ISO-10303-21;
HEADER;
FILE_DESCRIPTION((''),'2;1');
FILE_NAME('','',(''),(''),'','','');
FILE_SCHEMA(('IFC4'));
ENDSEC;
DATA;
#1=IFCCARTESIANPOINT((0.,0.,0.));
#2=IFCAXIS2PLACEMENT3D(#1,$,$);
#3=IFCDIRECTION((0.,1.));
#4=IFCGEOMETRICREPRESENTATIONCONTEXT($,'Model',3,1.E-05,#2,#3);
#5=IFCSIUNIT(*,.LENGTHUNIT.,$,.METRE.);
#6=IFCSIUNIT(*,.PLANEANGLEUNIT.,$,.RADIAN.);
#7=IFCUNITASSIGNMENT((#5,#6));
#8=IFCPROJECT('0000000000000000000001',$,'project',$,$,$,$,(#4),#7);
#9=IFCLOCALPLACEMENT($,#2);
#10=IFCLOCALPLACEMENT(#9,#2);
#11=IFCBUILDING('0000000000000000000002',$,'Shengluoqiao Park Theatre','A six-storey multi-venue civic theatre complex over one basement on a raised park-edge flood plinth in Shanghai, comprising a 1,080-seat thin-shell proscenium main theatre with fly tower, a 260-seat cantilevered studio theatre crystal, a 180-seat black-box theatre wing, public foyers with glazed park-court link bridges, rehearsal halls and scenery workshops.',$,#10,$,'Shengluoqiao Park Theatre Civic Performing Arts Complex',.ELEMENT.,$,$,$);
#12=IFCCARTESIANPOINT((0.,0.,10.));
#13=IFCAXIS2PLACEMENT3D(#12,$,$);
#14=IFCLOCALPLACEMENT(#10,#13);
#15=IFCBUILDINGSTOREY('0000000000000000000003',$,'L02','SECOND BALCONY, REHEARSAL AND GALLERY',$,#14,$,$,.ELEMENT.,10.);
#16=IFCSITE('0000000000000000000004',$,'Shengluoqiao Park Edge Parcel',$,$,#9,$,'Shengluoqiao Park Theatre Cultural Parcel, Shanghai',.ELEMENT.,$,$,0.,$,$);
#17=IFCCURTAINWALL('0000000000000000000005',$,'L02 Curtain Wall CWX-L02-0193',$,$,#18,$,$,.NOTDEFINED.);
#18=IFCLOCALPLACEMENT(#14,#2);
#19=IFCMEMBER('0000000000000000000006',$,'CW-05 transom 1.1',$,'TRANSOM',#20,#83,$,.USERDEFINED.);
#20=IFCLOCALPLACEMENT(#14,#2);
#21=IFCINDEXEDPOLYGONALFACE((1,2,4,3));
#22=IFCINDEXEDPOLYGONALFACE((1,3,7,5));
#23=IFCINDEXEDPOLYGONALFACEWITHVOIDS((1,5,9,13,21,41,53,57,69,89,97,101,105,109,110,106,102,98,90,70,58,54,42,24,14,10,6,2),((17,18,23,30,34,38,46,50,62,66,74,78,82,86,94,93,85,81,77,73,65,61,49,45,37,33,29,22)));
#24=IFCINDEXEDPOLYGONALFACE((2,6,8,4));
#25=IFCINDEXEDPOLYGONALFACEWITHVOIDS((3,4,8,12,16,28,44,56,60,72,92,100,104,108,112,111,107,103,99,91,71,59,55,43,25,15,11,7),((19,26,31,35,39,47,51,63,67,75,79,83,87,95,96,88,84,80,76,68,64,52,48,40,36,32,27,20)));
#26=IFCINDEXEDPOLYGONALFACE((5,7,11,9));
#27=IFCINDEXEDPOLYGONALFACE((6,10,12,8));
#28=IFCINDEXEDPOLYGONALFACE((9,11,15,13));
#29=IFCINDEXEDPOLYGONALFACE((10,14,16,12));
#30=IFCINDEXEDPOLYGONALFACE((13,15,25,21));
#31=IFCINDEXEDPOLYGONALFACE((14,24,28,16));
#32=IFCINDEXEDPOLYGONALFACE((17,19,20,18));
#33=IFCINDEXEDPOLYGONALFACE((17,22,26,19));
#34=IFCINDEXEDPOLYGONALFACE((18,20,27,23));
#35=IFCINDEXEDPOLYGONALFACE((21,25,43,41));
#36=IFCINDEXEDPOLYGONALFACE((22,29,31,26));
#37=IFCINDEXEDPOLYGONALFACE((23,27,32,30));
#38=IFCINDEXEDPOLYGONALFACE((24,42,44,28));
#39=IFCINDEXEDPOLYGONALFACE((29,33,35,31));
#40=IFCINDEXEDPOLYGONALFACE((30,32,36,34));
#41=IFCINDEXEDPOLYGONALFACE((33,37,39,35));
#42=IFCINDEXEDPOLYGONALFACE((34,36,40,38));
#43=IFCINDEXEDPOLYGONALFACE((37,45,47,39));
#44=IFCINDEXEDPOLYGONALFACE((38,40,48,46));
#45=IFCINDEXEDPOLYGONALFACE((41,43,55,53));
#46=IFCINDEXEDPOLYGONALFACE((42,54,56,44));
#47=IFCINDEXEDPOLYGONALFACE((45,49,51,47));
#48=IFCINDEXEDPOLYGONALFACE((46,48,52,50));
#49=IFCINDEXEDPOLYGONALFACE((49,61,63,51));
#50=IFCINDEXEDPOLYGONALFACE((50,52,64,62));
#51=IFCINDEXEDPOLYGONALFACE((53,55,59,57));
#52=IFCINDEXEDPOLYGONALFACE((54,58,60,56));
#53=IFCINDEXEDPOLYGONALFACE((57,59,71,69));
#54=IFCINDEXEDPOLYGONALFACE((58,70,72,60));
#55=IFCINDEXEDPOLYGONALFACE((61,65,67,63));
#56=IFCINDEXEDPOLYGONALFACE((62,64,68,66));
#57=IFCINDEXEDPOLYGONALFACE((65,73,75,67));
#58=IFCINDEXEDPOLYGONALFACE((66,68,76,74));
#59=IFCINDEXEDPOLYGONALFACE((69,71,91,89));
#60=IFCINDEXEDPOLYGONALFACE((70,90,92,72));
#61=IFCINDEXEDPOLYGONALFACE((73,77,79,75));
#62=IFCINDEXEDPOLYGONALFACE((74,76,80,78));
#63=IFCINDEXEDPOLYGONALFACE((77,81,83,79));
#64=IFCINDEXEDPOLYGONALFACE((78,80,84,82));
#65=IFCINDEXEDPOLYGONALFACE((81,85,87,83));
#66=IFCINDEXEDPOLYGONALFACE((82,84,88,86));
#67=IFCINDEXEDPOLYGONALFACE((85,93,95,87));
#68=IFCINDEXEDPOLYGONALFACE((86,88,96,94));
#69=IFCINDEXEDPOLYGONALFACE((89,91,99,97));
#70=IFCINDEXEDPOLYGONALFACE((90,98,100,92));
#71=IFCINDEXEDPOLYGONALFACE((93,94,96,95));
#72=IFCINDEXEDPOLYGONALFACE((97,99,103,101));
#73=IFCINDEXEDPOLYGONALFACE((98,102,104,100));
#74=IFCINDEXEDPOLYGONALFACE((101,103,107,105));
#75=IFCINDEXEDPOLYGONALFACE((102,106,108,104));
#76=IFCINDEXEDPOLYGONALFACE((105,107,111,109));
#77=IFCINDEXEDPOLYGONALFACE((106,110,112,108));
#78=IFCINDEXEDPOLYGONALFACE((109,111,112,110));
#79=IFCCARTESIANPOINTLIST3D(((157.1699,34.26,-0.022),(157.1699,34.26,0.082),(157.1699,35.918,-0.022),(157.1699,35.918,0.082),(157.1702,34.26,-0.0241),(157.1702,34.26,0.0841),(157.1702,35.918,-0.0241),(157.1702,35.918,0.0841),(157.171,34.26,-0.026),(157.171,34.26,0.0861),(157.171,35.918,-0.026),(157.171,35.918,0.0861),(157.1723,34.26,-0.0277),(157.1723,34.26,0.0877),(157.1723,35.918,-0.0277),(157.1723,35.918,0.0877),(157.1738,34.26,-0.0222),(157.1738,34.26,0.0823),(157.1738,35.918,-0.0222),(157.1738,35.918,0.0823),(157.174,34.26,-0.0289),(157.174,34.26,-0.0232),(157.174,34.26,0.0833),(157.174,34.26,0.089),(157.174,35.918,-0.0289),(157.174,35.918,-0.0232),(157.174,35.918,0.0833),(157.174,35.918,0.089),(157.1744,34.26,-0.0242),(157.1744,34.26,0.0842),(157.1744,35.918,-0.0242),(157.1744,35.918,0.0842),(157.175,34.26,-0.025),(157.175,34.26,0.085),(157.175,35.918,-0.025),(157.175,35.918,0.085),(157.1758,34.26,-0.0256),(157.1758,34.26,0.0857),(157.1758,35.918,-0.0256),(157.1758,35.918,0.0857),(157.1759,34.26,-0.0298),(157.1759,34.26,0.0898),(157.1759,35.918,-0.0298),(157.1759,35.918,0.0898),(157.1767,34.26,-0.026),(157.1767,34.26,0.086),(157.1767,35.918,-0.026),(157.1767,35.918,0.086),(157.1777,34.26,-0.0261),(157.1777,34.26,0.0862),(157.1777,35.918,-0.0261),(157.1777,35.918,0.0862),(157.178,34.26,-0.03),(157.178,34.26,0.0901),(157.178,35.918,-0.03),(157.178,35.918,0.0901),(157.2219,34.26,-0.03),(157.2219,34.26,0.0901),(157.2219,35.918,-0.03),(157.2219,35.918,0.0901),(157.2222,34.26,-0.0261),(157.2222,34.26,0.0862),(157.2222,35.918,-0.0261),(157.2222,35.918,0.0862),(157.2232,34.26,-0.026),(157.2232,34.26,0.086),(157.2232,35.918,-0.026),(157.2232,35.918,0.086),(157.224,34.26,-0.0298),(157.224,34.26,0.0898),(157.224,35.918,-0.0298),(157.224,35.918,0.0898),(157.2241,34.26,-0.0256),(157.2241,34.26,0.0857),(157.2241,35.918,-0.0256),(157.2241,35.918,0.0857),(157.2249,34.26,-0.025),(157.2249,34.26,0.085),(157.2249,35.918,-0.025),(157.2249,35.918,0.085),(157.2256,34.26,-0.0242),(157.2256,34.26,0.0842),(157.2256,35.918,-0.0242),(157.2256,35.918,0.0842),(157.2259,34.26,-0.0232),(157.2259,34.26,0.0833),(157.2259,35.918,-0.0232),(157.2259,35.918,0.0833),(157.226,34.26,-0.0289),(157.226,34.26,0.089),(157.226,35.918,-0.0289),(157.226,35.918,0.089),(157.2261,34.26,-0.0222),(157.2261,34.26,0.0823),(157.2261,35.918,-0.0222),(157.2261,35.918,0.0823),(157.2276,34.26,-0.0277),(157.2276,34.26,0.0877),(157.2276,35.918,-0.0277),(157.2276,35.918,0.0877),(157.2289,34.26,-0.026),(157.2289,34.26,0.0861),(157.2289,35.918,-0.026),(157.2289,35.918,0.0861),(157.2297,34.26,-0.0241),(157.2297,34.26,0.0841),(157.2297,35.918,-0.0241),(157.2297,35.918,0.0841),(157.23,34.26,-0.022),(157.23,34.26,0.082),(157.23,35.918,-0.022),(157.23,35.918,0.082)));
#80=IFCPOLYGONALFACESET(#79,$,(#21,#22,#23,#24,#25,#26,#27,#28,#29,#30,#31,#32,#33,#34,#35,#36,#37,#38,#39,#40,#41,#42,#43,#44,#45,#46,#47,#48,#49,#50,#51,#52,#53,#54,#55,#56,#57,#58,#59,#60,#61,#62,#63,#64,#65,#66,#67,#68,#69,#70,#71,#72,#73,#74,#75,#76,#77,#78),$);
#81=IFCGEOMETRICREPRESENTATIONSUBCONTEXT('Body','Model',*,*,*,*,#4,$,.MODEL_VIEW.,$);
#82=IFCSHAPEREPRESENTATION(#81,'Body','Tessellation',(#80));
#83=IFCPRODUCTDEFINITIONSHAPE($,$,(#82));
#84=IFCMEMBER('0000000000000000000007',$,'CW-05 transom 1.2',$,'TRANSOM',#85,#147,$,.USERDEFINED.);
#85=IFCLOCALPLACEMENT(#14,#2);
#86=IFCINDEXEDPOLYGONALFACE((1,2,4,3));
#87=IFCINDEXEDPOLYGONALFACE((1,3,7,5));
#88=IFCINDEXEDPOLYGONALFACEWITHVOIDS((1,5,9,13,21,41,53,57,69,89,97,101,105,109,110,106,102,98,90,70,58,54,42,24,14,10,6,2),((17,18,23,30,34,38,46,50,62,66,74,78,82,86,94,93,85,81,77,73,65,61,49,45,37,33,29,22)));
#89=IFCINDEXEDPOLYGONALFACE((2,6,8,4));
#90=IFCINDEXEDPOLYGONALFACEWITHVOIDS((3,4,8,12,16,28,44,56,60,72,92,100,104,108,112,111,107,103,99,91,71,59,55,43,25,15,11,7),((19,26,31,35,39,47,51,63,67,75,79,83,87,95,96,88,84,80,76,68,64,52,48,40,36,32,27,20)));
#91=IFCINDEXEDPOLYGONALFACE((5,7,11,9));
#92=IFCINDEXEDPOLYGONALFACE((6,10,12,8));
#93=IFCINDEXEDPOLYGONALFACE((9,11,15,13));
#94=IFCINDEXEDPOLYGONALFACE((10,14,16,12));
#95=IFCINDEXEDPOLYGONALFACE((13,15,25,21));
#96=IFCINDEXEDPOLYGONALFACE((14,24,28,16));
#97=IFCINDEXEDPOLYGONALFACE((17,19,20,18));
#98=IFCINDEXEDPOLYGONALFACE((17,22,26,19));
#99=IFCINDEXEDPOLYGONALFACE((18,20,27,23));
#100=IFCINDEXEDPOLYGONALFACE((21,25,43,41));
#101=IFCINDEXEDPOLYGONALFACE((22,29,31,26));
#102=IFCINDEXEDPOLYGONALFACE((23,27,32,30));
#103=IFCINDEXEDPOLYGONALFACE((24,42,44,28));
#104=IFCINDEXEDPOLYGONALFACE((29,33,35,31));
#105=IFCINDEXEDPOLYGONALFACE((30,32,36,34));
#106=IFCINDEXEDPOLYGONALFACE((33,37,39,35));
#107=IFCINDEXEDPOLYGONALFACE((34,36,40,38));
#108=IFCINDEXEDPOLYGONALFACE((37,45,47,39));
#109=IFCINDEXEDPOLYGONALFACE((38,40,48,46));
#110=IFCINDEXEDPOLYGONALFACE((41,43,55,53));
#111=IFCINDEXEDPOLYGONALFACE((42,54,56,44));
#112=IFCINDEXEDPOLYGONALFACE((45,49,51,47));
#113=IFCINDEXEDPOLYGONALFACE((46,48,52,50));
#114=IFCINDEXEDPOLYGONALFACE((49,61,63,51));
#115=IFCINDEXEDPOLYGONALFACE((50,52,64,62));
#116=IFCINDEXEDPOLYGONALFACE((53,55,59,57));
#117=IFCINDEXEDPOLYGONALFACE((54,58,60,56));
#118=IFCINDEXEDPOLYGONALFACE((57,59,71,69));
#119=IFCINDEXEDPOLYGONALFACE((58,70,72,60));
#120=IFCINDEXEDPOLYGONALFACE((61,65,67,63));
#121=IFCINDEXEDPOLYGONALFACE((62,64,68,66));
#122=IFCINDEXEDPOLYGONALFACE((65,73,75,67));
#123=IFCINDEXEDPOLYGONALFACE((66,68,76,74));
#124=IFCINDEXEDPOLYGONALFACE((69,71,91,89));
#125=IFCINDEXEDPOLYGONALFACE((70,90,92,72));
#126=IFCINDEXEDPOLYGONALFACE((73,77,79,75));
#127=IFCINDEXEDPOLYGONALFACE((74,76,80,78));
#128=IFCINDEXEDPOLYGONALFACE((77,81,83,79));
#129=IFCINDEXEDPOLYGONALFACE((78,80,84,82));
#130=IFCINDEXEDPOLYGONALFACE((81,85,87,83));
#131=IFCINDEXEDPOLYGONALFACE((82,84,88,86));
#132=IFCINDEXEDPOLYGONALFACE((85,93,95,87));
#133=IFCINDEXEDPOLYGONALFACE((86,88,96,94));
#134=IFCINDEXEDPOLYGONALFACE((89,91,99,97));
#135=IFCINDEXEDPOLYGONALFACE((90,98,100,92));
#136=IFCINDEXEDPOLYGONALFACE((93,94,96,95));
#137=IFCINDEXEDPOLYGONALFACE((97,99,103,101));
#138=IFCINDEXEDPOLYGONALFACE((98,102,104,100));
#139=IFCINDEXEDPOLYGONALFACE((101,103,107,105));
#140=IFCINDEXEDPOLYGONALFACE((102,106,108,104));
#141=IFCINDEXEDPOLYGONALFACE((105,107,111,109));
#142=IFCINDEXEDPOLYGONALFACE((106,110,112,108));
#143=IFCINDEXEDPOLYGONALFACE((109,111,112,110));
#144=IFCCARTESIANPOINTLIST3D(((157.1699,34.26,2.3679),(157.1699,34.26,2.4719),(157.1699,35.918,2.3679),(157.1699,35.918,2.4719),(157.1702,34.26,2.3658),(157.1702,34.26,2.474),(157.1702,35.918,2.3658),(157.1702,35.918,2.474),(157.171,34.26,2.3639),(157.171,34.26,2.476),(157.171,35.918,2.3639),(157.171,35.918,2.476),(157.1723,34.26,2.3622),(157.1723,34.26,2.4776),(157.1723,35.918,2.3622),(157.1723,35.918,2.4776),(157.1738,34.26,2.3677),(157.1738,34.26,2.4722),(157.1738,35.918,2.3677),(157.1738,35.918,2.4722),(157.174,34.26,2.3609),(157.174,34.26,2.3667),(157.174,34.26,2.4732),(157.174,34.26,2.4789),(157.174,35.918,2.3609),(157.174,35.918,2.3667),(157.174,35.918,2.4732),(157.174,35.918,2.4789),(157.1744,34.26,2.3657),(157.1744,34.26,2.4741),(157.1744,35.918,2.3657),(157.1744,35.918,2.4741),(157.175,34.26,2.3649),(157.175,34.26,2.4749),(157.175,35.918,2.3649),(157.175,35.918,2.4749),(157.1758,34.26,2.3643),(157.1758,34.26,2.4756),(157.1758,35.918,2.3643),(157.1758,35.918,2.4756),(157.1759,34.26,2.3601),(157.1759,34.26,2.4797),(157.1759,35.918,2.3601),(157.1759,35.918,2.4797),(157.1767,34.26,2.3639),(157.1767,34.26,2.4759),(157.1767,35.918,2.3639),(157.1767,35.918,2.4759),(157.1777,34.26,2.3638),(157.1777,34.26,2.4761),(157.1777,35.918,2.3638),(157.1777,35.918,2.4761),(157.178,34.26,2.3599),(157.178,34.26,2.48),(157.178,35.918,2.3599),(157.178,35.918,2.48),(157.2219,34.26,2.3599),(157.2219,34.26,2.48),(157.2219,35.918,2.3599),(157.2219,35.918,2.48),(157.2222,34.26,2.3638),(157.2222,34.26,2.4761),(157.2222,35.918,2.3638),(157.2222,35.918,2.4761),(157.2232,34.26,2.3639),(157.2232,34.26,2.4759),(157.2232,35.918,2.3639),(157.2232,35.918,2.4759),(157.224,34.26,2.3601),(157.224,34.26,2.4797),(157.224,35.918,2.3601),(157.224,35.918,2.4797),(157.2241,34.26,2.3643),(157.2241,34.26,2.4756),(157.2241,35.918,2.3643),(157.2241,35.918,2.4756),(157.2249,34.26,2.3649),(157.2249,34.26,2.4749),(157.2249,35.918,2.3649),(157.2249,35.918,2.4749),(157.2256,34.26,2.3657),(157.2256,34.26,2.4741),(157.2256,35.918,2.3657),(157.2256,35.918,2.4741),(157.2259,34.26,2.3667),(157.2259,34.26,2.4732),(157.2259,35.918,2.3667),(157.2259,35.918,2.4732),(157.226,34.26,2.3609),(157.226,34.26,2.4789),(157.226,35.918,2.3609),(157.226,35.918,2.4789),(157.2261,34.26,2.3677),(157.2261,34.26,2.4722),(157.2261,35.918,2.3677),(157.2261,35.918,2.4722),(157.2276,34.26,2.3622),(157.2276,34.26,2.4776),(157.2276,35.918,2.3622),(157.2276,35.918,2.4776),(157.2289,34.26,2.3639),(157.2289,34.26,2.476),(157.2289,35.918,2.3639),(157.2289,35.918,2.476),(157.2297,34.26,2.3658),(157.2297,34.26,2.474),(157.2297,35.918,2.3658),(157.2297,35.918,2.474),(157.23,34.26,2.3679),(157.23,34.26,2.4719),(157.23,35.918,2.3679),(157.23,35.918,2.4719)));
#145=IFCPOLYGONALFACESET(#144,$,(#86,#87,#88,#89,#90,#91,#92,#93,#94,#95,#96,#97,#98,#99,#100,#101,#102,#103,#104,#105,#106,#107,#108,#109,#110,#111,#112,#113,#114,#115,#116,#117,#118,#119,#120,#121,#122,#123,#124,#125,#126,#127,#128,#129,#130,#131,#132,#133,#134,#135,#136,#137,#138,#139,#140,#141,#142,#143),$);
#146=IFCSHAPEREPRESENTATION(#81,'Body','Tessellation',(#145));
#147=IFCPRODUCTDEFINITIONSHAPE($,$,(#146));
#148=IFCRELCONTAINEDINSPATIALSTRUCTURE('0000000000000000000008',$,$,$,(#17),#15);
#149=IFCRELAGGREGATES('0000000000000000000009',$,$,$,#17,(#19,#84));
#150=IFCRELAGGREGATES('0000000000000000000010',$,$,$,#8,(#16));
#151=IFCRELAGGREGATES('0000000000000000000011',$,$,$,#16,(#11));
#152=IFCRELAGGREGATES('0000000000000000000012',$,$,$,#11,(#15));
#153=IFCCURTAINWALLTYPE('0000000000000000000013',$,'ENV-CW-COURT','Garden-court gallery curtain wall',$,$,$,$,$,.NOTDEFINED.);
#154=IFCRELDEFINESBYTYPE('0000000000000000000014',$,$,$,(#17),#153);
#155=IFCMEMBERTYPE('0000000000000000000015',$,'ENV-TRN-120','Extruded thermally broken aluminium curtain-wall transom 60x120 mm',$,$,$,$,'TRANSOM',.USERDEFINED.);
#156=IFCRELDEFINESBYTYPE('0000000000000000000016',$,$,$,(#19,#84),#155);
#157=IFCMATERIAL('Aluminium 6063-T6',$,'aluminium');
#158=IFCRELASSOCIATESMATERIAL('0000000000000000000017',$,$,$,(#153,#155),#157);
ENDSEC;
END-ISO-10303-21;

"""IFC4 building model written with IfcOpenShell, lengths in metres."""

from ifc_helpers import new_model, si_unit, direction, frame, origin, origin_2d, place, context, subcontext, project, spatial, hollow_rectangle, extrude, material, material_profile, profile_set, type_object, element, aggregate, save


model = new_model("IFC4")

# Units and contexts
model_context = context("Model", 3, precision=1e-05, world=origin(), true_north=direction((0.0, 1.0)))
body_context = subcontext(model_context, "Body", "Model", "MODEL_VIEW")
ifc_project = project(units=[si_unit("LENGTHUNIT", "METRE"), si_unit("PLANEANGLEUNIT", "RADIAN")], contexts=[model_context])

# Site, building, storey
site_placement = place(None, origin())
site = spatial("IfcSite", under=ifc_project, at=site_placement, Name="Shengluoqiao Park Edge Parcel", LongName="Shengluoqiao Park Theatre Cultural Parcel, Shanghai", CompositionType="ELEMENT", RefElevation=0.0)
building_placement = place(site_placement, origin())
building = spatial("IfcBuilding", under=site, at=building_placement, Name="Shengluoqiao Park Theatre", Description="A six-storey multi-venue civic theatre complex over one basement on a raised park-edge flood plinth in Shanghai, comprising a 1,080-seat thin-shell proscenium main theatre with fly tower, a 260-seat cantilevered studio theatre crystal, a 180-seat black-box theatre wing, public foyers with glazed park-court link bridges, rehearsal halls and scenery workshops.", LongName="Shengluoqiao Park Theatre Civic Performing Arts Complex", CompositionType="ELEMENT")
storey_placement = place(building_placement, frame((0.0, 0.0, 10.0)))
storey = spatial("IfcBuildingStorey", under=building, at=storey_placement, Name="L02", Description="SECOND BALCONY, REHEARSAL AND GALLERY", CompositionType="ELEMENT", Elevation=10.0)

# Curtain wall
ifc_material_1 = material(Name="Aluminium 6063-T6", Category="aluminium")
curtain_wall_type = type_object("IfcCurtainWallType", Name="ENV-CW-COURT", Description="Garden-court gallery curtain wall", PredefinedType="NOTDEFINED", material=ifc_material_1)
curtain_wall_1_placement = place(storey_placement, origin())
curtain_wall_1 = element("IfcCurtainWall", 1, at=curtain_wall_1_placement, inside=storey, type_object=curtain_wall_type, Name="L02 Curtain Wall CWX-L02-0193", PredefinedType="NOTDEFINED")

# Members
ifc_material_profile_1 = material_profile(ifc_material_1, hollow_rectangle(XDim=0.0601, YDim=0.1201, WallThickness=0.0039, InnerFilletRadius=0.0039, OuterFilletRadius=0.0081, at=origin_2d()), Name="ALU TRANSOM 120x60x4")
ifc_profile_set_1 = profile_set([ifc_material_profile_1], Name="Aluminium 6063-T6")
member_type_1 = type_object("IfcMemberType", Name="ENV-TRN-120", Description="Extruded thermally broken aluminium curtain-wall transom 60x120 mm", ElementType="TRANSOM", PredefinedType="USERDEFINED", material=ifc_profile_set_1)
member_1_placement = place(storey_placement, frame((157.2, 34.26, 0.03), z_axis=(0.0, 1.0, 0.0), x_axis=(-1.0, 0.0, 0.0)))
member_1 = element("IfcMember", 2, at=member_1_placement, type_object=member_type_1, Name="CW-05 transom 1.1", ObjectType="TRANSOM", PredefinedType="USERDEFINED", context=body_context, shape_type="SweptSolid", body=[
    extrude(hollow_rectangle(XDim=0.0601, YDim=0.1201, WallThickness=0.0039, InnerFilletRadius=0.0039, OuterFilletRadius=0.0081, at=origin_2d()), origin(), (0.0, 0.0, 1.0), 1.658),
])
member_2_placement = place(storey_placement, frame((157.2, 34.26, 2.4199), z_axis=(0.0, 1.0, 0.0), x_axis=(-1.0, 0.0, 0.0)))
member_2 = element("IfcMember", 3, at=member_2_placement, type_object=member_type_1, Name="CW-05 transom 1.2", ObjectType="TRANSOM", PredefinedType="USERDEFINED", context=body_context, shape_type="SweptSolid", body=[
    extrude(hollow_rectangle(XDim=0.0601, YDim=0.1201, WallThickness=0.0039, InnerFilletRadius=0.0039, OuterFilletRadius=0.0081, at=origin_2d()), origin(), (0.0, 0.0, 1.0), 1.658),
])

aggregate(curtain_wall_1, [member_1, member_2])

save(model, "model.ifc")
